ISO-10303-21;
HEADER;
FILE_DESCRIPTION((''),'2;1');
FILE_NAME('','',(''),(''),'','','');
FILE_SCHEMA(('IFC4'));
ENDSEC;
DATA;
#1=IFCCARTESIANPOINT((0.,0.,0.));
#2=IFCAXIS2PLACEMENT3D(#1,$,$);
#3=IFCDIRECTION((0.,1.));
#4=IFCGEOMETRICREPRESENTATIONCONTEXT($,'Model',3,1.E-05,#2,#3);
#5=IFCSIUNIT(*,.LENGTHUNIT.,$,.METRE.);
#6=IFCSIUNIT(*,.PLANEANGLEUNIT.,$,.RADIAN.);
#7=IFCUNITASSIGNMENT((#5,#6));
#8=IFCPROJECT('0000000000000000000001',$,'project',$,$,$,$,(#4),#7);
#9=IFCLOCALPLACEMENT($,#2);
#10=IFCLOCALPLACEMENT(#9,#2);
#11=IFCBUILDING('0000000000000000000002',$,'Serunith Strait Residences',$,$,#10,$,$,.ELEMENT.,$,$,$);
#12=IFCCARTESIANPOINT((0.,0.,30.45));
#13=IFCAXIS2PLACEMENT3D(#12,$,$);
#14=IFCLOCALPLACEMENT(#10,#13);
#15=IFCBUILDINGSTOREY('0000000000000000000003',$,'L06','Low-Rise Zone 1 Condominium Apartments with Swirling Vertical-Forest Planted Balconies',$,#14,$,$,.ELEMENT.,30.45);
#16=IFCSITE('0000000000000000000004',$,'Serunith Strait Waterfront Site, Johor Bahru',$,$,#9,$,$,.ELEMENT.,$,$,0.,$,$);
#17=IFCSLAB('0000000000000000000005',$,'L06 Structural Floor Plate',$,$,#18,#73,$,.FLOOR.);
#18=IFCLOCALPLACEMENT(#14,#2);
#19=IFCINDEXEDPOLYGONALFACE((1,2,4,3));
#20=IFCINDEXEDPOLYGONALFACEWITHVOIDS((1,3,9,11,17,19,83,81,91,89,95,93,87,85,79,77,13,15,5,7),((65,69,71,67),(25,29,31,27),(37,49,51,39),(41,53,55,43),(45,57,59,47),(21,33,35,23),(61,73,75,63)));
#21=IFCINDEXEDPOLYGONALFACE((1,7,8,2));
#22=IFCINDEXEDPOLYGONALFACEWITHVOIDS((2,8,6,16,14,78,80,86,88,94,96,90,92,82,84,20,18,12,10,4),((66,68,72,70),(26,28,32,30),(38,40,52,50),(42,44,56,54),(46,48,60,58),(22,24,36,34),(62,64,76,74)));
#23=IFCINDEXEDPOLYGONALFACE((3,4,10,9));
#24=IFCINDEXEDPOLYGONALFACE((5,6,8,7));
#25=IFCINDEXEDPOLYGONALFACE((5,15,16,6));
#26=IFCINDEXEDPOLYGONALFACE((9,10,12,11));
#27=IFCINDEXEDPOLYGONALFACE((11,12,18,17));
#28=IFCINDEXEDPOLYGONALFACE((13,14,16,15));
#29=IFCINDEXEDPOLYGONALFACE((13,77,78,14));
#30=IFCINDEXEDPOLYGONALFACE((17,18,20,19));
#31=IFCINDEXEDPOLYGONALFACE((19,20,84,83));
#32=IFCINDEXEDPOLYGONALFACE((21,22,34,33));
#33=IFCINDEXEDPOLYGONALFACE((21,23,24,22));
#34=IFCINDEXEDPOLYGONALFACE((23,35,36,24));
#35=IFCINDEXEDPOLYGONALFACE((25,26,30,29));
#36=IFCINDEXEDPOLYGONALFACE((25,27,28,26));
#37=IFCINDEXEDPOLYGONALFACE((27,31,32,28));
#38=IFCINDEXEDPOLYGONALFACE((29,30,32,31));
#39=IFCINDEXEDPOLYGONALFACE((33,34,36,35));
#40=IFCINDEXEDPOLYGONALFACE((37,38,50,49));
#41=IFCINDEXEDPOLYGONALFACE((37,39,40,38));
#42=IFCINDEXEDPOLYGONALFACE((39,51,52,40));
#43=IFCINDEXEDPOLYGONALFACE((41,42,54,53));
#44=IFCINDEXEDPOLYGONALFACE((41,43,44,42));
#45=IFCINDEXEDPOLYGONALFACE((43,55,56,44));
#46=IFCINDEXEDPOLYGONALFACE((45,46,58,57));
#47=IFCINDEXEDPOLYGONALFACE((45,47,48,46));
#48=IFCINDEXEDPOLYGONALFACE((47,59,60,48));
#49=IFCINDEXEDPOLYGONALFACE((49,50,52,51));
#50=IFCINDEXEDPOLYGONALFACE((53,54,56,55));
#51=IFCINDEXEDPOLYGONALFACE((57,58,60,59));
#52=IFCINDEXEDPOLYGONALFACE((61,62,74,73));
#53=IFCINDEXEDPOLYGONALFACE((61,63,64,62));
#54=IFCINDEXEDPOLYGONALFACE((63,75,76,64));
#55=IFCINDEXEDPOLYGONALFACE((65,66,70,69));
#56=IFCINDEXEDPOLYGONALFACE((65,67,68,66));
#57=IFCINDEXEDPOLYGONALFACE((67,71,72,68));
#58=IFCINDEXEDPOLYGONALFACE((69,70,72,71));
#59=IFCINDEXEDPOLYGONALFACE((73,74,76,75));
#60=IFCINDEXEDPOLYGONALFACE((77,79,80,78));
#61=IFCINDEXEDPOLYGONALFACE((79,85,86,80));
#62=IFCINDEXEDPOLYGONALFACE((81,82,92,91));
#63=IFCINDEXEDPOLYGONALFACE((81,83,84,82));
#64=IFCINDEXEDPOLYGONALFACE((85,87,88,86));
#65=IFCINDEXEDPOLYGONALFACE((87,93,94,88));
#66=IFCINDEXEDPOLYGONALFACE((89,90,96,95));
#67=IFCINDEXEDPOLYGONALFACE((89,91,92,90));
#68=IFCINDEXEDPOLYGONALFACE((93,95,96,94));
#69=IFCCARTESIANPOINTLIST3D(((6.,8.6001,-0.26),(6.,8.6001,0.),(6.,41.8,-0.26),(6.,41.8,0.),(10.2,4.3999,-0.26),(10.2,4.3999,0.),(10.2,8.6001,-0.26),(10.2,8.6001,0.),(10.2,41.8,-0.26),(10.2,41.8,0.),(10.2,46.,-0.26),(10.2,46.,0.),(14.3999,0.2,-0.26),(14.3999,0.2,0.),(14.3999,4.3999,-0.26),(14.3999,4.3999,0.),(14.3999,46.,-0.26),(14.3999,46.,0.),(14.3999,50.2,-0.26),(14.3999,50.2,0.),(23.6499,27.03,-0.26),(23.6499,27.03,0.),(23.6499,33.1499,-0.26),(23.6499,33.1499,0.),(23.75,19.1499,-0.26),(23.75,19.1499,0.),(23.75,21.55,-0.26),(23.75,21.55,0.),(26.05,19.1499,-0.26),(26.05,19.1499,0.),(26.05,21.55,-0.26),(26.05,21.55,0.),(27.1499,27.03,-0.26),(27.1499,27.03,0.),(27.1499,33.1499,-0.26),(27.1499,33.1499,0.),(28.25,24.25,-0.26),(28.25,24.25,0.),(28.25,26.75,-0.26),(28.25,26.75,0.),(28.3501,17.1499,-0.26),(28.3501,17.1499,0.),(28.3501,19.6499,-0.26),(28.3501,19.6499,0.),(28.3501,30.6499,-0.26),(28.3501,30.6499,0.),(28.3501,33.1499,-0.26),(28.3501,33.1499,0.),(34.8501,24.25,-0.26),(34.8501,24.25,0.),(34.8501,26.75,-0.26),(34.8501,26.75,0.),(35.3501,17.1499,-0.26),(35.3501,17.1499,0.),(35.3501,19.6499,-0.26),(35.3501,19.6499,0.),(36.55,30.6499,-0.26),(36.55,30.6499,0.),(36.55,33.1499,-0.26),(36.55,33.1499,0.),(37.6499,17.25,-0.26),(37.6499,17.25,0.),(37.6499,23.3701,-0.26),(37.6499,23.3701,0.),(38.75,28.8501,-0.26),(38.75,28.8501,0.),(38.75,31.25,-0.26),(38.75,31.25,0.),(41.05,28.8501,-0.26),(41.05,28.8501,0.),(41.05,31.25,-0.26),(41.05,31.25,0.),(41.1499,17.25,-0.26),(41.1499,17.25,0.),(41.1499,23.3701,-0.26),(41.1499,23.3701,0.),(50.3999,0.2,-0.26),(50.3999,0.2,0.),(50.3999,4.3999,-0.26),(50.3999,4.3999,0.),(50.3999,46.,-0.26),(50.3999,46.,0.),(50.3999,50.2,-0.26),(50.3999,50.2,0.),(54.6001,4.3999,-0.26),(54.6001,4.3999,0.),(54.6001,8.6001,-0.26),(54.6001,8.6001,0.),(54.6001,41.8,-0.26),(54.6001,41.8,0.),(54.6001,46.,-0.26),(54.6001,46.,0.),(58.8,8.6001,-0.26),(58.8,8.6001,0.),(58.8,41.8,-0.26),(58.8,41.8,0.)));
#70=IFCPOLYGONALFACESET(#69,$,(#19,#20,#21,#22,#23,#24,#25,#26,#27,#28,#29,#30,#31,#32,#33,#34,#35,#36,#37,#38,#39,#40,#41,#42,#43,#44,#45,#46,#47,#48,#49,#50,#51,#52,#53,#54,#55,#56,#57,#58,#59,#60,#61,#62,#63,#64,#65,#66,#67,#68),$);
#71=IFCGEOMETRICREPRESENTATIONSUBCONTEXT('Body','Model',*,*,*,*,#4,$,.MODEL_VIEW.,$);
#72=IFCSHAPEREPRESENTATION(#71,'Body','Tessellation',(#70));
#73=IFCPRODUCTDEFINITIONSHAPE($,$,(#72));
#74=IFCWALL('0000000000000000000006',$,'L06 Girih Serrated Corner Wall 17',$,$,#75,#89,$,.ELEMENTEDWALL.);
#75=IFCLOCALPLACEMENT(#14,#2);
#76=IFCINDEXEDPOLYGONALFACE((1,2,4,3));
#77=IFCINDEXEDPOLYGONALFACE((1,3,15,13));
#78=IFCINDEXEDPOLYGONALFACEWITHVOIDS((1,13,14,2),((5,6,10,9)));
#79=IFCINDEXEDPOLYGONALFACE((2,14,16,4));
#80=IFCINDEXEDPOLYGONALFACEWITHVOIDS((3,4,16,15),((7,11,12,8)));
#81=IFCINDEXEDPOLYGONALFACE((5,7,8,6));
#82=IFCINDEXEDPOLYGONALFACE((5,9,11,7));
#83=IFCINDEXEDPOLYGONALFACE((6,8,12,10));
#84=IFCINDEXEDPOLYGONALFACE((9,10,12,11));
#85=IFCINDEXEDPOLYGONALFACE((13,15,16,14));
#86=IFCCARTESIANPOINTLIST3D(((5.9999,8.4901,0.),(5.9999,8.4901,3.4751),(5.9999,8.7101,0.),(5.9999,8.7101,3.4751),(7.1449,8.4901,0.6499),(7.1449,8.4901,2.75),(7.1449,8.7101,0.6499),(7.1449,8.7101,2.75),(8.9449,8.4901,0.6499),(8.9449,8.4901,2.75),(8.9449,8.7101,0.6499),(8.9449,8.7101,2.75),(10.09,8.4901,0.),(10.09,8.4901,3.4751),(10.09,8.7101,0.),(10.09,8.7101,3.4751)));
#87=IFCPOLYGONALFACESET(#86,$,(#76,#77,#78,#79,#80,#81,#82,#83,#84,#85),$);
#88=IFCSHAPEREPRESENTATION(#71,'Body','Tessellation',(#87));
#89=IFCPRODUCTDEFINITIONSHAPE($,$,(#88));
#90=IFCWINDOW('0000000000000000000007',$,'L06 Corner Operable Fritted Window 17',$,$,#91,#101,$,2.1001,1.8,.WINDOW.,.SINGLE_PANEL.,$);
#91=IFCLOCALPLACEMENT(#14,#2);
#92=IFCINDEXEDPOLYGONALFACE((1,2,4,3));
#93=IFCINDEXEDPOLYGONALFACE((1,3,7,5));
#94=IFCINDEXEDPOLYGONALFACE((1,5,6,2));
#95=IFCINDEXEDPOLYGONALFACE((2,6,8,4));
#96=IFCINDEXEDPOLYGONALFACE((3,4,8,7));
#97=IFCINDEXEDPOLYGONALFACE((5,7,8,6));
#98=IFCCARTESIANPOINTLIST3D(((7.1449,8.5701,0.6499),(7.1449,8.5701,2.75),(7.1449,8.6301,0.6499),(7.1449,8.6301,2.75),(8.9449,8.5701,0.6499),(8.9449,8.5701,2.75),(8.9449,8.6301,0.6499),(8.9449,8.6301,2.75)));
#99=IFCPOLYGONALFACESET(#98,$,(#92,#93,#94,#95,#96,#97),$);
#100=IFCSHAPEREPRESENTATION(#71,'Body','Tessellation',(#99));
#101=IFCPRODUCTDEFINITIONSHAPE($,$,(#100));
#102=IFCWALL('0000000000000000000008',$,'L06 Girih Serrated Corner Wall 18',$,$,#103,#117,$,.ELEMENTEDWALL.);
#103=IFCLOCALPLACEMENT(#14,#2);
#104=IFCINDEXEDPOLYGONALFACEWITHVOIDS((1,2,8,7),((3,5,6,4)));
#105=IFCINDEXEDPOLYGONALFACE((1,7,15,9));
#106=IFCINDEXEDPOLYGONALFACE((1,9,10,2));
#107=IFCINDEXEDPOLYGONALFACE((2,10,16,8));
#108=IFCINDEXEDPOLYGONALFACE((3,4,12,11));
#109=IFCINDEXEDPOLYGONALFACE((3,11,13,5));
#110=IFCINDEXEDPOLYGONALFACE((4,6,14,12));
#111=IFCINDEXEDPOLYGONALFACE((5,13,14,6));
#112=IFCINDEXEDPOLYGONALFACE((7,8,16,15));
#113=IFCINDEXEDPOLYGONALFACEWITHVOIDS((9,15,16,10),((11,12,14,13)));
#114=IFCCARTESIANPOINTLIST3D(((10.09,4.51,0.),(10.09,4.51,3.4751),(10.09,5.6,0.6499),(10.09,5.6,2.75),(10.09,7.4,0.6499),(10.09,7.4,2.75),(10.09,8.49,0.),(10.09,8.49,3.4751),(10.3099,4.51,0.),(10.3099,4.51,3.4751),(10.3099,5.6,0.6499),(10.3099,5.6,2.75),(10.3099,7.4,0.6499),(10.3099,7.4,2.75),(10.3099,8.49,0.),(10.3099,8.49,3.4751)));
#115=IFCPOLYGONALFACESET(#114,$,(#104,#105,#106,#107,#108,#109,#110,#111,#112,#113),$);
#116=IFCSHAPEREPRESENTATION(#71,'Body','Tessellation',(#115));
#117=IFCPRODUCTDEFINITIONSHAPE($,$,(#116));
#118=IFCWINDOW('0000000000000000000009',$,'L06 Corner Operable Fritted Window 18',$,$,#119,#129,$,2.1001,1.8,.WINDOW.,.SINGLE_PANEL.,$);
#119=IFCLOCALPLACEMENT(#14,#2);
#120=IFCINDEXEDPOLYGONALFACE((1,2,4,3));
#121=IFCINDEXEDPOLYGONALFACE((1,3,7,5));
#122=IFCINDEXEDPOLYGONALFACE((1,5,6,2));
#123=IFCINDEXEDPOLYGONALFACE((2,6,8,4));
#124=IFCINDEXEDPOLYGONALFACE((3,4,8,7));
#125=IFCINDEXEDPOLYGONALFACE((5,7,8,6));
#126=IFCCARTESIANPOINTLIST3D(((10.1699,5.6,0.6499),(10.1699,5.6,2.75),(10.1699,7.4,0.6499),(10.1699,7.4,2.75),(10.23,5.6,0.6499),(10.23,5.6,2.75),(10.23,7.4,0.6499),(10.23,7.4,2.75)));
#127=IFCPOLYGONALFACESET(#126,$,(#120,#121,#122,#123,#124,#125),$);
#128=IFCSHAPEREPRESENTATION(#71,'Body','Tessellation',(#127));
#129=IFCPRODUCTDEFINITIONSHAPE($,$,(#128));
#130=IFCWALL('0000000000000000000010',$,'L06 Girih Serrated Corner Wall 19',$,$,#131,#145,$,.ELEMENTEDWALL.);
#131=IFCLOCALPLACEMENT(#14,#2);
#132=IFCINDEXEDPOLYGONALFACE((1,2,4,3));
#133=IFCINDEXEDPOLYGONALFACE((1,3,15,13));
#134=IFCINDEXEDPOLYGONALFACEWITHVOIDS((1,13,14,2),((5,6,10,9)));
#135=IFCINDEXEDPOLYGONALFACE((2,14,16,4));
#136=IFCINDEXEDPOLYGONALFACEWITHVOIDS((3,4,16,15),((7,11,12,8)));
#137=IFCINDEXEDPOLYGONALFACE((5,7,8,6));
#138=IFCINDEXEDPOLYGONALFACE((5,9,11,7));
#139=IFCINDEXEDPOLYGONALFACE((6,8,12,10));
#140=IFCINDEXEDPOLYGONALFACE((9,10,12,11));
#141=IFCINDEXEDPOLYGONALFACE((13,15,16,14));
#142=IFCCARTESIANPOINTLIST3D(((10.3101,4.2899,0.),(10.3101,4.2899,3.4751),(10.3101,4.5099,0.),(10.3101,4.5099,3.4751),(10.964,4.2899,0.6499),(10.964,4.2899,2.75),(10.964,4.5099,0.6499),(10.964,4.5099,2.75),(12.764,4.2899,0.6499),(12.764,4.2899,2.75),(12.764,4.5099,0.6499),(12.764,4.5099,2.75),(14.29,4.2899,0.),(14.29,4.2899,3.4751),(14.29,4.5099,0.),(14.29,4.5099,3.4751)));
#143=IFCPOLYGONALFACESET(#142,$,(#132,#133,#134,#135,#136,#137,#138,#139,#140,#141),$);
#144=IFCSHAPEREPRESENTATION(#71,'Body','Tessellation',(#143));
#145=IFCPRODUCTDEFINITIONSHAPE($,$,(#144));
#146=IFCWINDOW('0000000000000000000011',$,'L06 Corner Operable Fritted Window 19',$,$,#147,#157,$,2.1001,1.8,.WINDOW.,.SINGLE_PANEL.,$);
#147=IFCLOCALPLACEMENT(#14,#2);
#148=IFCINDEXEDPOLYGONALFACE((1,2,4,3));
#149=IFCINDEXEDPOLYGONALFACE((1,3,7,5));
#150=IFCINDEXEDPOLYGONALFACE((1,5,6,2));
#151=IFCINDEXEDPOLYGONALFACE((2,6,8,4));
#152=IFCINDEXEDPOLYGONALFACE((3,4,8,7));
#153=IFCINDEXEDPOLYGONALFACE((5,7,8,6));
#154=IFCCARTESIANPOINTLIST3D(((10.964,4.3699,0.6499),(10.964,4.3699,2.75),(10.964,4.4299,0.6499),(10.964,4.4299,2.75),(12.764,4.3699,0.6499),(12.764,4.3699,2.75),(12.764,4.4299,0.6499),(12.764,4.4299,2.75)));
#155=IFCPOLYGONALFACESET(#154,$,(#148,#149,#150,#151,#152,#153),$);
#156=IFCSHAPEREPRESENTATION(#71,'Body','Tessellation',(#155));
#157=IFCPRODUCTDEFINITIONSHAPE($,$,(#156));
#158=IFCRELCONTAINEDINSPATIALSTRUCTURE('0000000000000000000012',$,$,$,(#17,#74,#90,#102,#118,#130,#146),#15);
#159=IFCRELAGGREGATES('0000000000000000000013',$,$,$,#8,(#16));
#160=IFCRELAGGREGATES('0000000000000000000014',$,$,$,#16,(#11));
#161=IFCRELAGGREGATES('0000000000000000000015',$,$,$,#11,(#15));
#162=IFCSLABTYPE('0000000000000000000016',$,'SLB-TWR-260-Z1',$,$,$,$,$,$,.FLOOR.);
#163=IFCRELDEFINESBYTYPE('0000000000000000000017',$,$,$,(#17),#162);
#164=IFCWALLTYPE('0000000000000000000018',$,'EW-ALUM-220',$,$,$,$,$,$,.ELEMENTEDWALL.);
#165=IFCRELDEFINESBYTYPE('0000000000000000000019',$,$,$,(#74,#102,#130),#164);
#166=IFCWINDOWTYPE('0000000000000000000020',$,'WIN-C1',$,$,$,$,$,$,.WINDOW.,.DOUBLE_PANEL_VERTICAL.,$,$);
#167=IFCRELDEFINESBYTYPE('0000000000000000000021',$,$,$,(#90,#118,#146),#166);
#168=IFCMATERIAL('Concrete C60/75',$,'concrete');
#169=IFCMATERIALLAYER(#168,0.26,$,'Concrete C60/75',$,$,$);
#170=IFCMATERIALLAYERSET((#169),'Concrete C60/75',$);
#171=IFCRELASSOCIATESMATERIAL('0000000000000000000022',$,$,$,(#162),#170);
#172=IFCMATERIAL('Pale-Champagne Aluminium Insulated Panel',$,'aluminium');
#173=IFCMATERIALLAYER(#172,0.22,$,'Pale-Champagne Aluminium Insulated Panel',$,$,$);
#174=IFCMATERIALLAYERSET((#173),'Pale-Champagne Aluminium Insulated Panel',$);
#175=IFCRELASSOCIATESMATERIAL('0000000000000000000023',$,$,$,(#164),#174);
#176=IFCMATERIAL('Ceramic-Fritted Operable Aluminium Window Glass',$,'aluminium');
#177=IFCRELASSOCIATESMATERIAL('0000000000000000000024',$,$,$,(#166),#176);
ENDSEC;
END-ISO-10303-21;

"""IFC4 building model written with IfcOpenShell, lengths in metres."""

from ifc_helpers import new_model, si_unit, direction, frame, frame_2d, origin, place, context, subcontext, project, spatial, polyline, rectangle, outline, extrude, source, transform, mapped, material, layer, layer_set, type_object, element, fill, save


model = new_model("IFC4")

# Units and contexts
model_context = context("Model", 3, precision=1e-05, world=origin(), true_north=direction((0.0, 1.0)))
body_context = subcontext(model_context, "Body", "Model", "MODEL_VIEW")
ifc_project = project(units=[si_unit("LENGTHUNIT", "METRE"), si_unit("PLANEANGLEUNIT", "RADIAN")], contexts=[model_context])

# Site, building, storey
site_placement = place(None, origin())
site = spatial("IfcSite", under=ifc_project, at=site_placement, Name="Serunith Strait Waterfront Site, Johor Bahru", CompositionType="ELEMENT", RefElevation=0.0)
building_placement = place(site_placement, origin())
building = spatial("IfcBuilding", under=site, at=building_placement, Name="Serunith Strait Residences", CompositionType="ELEMENT")
storey_placement = place(building_placement, frame((0.0, 0.0, 30.45)))
storey = spatial("IfcBuildingStorey", under=building, at=storey_placement, Name="L06", Description="Low-Rise Zone 1 Condominium Apartments with Swirling Vertical-Forest Planted Balconies", CompositionType="ELEMENT", Elevation=30.45)

# Slab
ifc_material_1 = material(Name="Concrete C60/75", Category="concrete")
ifc_layer_1 = layer(ifc_material_1, 0.26, Name="Concrete C60/75")
ifc_layer_set_1 = layer_set([ifc_layer_1], Name="Concrete C60/75")
slab_type_1 = type_object("IfcSlabType", Name="SLB-TWR-260-Z1", PredefinedType="FLOOR", material=ifc_layer_set_1)
slab_1_placement = place(storey_placement, frame((0.0, 0.0, -0.26)))
element("IfcSlab", 1, at=slab_1_placement, inside=storey, type_object=slab_type_1, Name="L06 Structural Floor Plate", PredefinedType="FLOOR", context=body_context, shape_type="SweptSolid", body=[
    extrude(outline(polyline([(14.3999, 4.3999), (10.2, 4.3999), (10.2, 8.6001), (6.0, 8.6001), (6.0, 41.8), (10.2, 41.8), (10.2, 46.0), (14.3999, 46.0), (14.3999, 50.2), (50.3999, 50.2), (50.3999, 46.0), (54.6001, 46.0), (54.6001, 41.8), (58.8, 41.8), (58.8, 8.6001), (54.6001, 8.6001), (54.6001, 4.3999), (50.3999, 4.3999), (50.3999, 0.2), (14.3999, 0.2), (14.3999, 4.3999)]), holes=[polyline([(41.1499, 17.25), (41.1499, 23.3701), (37.6499, 23.3701), (37.6499, 17.25), (41.1499, 17.25)]), polyline([(41.05, 31.25), (38.75, 31.25), (38.75, 28.8501), (41.05, 28.8501), (41.05, 31.25)]), polyline([(36.55, 33.1499), (28.3501, 33.1499), (28.3501, 30.6499), (36.55, 30.6499), (36.55, 33.1499)]), polyline([(28.3501, 19.6499), (28.3501, 17.1499), (35.3501, 17.1499), (35.3501, 19.6499), (28.3501, 19.6499)]), polyline([(34.8501, 26.75), (28.25, 26.75), (28.25, 24.25), (34.8501, 24.25), (34.8501, 26.75)]), polyline([(23.6499, 33.1499), (23.6499, 27.03), (27.1499, 27.03), (27.1499, 33.1499), (23.6499, 33.1499)]), polyline([(26.05, 21.55), (23.75, 21.55), (23.75, 19.1499), (26.05, 19.1499), (26.05, 21.55)])]), origin(), (0.0, 0.0, 1.0), 0.26),
])

# Walls, openings, windows
ifc_material_2 = material(Name="Pale-Champagne Aluminium Insulated Panel", Category="aluminium")
ifc_layer_2 = layer(ifc_material_2, 0.22, Name="Pale-Champagne Aluminium Insulated Panel")
ifc_layer_set_2 = layer_set([ifc_layer_2], Name="Pale-Champagne Aluminium Insulated Panel")
wall_type_1 = type_object("IfcWallType", Name="EW-ALUM-220", PredefinedType="ELEMENTEDWALL", material=ifc_layer_set_2)
wall_1_placement = place(storey_placement, frame((6.0, 8.6001, 0.0), z_axis=(0.0, 0.0, 1.0), x_axis=(1.0, 0.0, 0.0)))
wall_1 = element("IfcWall", 2, at=wall_1_placement, inside=storey, type_object=wall_type_1, Name="L06 Girih Serrated Corner Wall 17", PredefinedType="ELEMENTEDWALL", context=body_context, shape_type="SweptSolid", body=[
    extrude(rectangle(XDim=4.0901, YDim=0.22, at=frame_2d((2.0449, 0.0))), origin(), (0.0, 0.0, 1.0), 3.4751),
])
opening_1_placement = place(wall_1_placement, frame((1.145, 0.0, 0.6499)))
opening_1 = element("IfcOpeningElement", 3, at=opening_1_placement, cuts=wall_1, PredefinedType="OPENING", context=body_context, shape_type="SweptSolid", body=[
    extrude(rectangle(XDim=1.8, YDim=2.1001, at=frame_2d((0.8999, 1.05))), frame((0.0, 0.1201, 0.0), z_axis=(0.0, -1.0, 0.0), x_axis=(1.0, 0.0, 0.0)), (0.0, 0.0, 1.0), 0.24),
])
ifc_material_3 = material(Name="Ceramic-Fritted Operable Aluminium Window Glass", Category="aluminium")
window_type = type_object("IfcWindowType", Name="WIN-C1", PartitioningType="DOUBLE_PANEL_VERTICAL", PredefinedType="WINDOW", material=ifc_material_3)
shared_shape_1 = source(origin(), body_context, "Body", "SweptSolid", [
    extrude(rectangle(XDim=1.8, YDim=2.1001, at=frame_2d((0.8999, 1.05))), frame((0.0, 0.03, 0.0), z_axis=(0.0, -1.0, 0.0), x_axis=(1.0, 0.0, 0.0)), (0.0, 0.0, 1.0), 0.0601),
])
window_1_placement = place(opening_1_placement, origin())
window_1 = element("IfcWindow", 4, at=window_1_placement, inside=storey, type_object=window_type, Name="L06 Corner Operable Fritted Window 17", OverallHeight=2.1001, OverallWidth=1.8, PartitioningType="SINGLE_PANEL", PredefinedType="WINDOW", context=body_context, shape_type="MappedRepresentation", body=[
    mapped(shared_shape_1, transform((0.0, 0.0, 0.0), scale=1.0)),
])
fill(opening_1, window_1)
wall_2_placement = place(storey_placement, frame((10.2, 8.49, 0.0), z_axis=(0.0, 0.0, 1.0), x_axis=(0.0, -1.0, 0.0)))
wall_2 = element("IfcWall", 5, at=wall_2_placement, inside=storey, type_object=wall_type_1, Name="L06 Girih Serrated Corner Wall 18", PredefinedType="ELEMENTEDWALL", context=body_context, shape_type="SweptSolid", body=[
    extrude(rectangle(XDim=3.98, YDim=0.22, at=frame_2d((1.99, 0.0))), origin(), (0.0, 0.0, 1.0), 3.4751),
])
opening_2_placement = place(wall_2_placement, frame((1.0901, 0.0, 0.6499)))
opening_2 = element("IfcOpeningElement", 6, at=opening_2_placement, cuts=wall_2, PredefinedType="OPENING", context=body_context, shape_type="SweptSolid", body=[
    extrude(rectangle(XDim=1.8, YDim=2.1001, at=frame_2d((0.8999, 1.05))), frame((0.0, 0.1201, 0.0), z_axis=(0.0, -1.0, 0.0), x_axis=(1.0, 0.0, 0.0)), (0.0, 0.0, 1.0), 0.24),
])
window_2_placement = place(opening_2_placement, origin())
window_2 = element("IfcWindow", 7, at=window_2_placement, inside=storey, type_object=window_type, Name="L06 Corner Operable Fritted Window 18", OverallHeight=2.1001, OverallWidth=1.8, PartitioningType="SINGLE_PANEL", PredefinedType="WINDOW", context=body_context, shape_type="MappedRepresentation", body=[
    mapped(shared_shape_1, transform((0.0, 0.0, 0.0), scale=1.0)),
])
fill(opening_2, window_2)
wall_3_placement = place(storey_placement, frame((10.3101, 4.3999, 0.0), z_axis=(0.0, 0.0, 1.0), x_axis=(1.0, 0.0, 0.0)))
wall_3 = element("IfcWall", 8, at=wall_3_placement, inside=storey, type_object=wall_type_1, Name="L06 Girih Serrated Corner Wall 19", PredefinedType="ELEMENTEDWALL", context=body_context, shape_type="SweptSolid", body=[
    extrude(rectangle(XDim=3.98, YDim=0.22, at=frame_2d((1.99, 0.0))), origin(), (0.0, 0.0, 1.0), 3.4751),
])
opening_3_placement = place(wall_3_placement, frame((0.6541, 0.0, 0.6499)))
opening_3 = element("IfcOpeningElement", 9, at=opening_3_placement, cuts=wall_3, PredefinedType="OPENING", context=body_context, shape_type="SweptSolid", body=[
    extrude(rectangle(XDim=1.8, YDim=2.1001, at=frame_2d((0.8999, 1.05))), frame((0.0, 0.1201, 0.0), z_axis=(0.0, -1.0, 0.0), x_axis=(1.0, 0.0, 0.0)), (0.0, 0.0, 1.0), 0.24),
])
window_3_placement = place(opening_3_placement, origin())
window_3 = element("IfcWindow", 10, at=window_3_placement, inside=storey, type_object=window_type, Name="L06 Corner Operable Fritted Window 19", OverallHeight=2.1001, OverallWidth=1.8, PartitioningType="SINGLE_PANEL", PredefinedType="WINDOW", context=body_context, shape_type="MappedRepresentation", body=[
    mapped(shared_shape_1, transform((0.0, 0.0, 0.0), scale=1.0)),
])
fill(opening_3, window_3)

save(model, "model.ifc")
